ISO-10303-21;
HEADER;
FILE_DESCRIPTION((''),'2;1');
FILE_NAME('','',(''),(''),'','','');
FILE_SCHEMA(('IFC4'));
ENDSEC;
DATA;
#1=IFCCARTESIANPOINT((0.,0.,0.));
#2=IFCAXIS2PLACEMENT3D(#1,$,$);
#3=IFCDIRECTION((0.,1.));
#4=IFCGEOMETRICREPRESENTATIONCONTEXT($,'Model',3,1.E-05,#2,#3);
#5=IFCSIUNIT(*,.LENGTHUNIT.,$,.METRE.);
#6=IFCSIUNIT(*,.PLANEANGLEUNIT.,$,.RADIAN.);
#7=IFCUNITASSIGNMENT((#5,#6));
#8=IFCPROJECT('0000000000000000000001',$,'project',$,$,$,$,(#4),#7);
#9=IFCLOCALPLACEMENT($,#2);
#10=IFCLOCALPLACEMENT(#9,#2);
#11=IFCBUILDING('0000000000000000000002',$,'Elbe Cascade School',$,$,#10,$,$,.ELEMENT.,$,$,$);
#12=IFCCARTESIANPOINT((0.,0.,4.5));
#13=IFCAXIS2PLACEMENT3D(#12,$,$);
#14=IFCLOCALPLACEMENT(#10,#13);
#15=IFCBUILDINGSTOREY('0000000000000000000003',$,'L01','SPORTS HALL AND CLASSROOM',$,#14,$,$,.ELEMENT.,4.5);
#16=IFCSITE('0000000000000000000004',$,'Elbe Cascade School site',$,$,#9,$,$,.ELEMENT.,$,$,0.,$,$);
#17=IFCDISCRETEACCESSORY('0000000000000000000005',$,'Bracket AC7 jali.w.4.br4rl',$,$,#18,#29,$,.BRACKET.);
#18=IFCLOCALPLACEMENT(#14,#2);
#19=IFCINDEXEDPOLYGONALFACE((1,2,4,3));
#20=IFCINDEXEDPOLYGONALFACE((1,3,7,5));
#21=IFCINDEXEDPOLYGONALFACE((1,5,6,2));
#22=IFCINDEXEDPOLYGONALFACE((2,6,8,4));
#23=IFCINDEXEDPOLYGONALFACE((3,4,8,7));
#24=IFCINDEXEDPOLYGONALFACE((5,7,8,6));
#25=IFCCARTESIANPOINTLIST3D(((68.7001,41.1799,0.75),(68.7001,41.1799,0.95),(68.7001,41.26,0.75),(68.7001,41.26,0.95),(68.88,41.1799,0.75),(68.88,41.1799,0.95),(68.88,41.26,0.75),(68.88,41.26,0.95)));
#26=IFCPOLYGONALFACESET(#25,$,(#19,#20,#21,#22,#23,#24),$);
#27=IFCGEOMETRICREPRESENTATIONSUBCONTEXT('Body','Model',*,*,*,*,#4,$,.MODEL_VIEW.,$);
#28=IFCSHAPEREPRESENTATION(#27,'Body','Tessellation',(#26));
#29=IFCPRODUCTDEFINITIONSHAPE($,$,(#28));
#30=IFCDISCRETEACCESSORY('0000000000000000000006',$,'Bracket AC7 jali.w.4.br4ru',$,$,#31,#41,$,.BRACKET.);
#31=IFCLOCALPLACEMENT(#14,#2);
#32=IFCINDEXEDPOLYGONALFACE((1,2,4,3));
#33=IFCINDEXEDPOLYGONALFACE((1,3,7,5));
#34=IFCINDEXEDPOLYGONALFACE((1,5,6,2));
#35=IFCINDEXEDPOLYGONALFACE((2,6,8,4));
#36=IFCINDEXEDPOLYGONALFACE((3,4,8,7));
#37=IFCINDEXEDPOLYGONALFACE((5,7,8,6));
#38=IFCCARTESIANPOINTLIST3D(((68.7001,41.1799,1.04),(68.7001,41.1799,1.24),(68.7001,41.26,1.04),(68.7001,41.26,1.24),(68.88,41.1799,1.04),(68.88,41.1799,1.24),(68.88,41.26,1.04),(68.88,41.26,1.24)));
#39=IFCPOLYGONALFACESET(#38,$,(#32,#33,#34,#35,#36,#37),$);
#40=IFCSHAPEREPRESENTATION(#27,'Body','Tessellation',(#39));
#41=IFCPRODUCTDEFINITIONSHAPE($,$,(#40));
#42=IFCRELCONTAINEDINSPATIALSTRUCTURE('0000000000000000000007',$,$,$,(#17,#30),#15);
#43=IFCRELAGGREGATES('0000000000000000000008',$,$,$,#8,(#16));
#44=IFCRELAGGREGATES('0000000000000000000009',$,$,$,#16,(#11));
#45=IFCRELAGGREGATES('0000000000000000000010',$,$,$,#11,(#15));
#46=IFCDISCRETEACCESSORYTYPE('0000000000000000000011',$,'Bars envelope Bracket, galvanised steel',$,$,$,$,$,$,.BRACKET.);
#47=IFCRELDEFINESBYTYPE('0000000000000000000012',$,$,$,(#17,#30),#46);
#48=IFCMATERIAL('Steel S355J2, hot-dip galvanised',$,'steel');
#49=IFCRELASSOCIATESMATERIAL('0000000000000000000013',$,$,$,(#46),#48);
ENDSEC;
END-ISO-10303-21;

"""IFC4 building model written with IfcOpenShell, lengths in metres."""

from ifc_helpers import new_model, si_unit, direction, frame, origin, origin_2d, place, context, subcontext, project, spatial, rectangle, extrude, material, type_object, element, save


model = new_model("IFC4")

# Units and contexts
model_context = context("Model", 3, precision=1e-05, world=origin(), true_north=direction((0.0, 1.0)))
body_context = subcontext(model_context, "Body", "Model", "MODEL_VIEW")
ifc_project = project(units=[si_unit("LENGTHUNIT", "METRE"), si_unit("PLANEANGLEUNIT", "RADIAN")], contexts=[model_context])

# Site, building, storey
site_placement = place(None, origin())
site = spatial("IfcSite", under=ifc_project, at=site_placement, Name="Elbe Cascade School site", CompositionType="ELEMENT", RefElevation=0.0)
building_placement = place(site_placement, origin())
building = spatial("IfcBuilding", under=site, at=building_placement, Name="Elbe Cascade School", CompositionType="ELEMENT")
storey_placement = place(building_placement, frame((0.0, 0.0, 4.5)))
storey = spatial("IfcBuildingStorey", under=building, at=storey_placement, Name="L01", Description="SPORTS HALL AND CLASSROOM", CompositionType="ELEMENT", Elevation=4.5)

# Discrete accessories
ifc_material_1 = material(Name="Steel S355J2, hot-dip galvanised", Category="steel")
discrete_accessory_type = type_object("IfcDiscreteAccessoryType", Name="Bars envelope Bracket, galvanised steel", PredefinedType="BRACKET", material=ifc_material_1)
for number, where, z_axis, x_axis, name in (
    (1, (68.79, 41.22, 0.75), (0.0, 0.0, 1.0), (0.0, 1.0, 0.0), "Bracket AC7 jali.w.4.br4rl"),
    (2, (68.79, 41.22, 1.04), (0.0, 0.0, 1.0), (0.0, 1.0, 0.0), "Bracket AC7 jali.w.4.br4ru"),
):
    element("IfcDiscreteAccessory", number, at=place(storey_placement, frame(where, z_axis=z_axis, x_axis=x_axis)), inside=storey, type_object=discrete_accessory_type, Name=name, PredefinedType="BRACKET", context=body_context, shape_type="SweptSolid", body=[
        extrude(rectangle(XDim=0.0801, YDim=0.1799, at=origin_2d()), origin(), (0.0, 0.0, 1.0), 0.2),
    ])

save(model, "model.ifc")
